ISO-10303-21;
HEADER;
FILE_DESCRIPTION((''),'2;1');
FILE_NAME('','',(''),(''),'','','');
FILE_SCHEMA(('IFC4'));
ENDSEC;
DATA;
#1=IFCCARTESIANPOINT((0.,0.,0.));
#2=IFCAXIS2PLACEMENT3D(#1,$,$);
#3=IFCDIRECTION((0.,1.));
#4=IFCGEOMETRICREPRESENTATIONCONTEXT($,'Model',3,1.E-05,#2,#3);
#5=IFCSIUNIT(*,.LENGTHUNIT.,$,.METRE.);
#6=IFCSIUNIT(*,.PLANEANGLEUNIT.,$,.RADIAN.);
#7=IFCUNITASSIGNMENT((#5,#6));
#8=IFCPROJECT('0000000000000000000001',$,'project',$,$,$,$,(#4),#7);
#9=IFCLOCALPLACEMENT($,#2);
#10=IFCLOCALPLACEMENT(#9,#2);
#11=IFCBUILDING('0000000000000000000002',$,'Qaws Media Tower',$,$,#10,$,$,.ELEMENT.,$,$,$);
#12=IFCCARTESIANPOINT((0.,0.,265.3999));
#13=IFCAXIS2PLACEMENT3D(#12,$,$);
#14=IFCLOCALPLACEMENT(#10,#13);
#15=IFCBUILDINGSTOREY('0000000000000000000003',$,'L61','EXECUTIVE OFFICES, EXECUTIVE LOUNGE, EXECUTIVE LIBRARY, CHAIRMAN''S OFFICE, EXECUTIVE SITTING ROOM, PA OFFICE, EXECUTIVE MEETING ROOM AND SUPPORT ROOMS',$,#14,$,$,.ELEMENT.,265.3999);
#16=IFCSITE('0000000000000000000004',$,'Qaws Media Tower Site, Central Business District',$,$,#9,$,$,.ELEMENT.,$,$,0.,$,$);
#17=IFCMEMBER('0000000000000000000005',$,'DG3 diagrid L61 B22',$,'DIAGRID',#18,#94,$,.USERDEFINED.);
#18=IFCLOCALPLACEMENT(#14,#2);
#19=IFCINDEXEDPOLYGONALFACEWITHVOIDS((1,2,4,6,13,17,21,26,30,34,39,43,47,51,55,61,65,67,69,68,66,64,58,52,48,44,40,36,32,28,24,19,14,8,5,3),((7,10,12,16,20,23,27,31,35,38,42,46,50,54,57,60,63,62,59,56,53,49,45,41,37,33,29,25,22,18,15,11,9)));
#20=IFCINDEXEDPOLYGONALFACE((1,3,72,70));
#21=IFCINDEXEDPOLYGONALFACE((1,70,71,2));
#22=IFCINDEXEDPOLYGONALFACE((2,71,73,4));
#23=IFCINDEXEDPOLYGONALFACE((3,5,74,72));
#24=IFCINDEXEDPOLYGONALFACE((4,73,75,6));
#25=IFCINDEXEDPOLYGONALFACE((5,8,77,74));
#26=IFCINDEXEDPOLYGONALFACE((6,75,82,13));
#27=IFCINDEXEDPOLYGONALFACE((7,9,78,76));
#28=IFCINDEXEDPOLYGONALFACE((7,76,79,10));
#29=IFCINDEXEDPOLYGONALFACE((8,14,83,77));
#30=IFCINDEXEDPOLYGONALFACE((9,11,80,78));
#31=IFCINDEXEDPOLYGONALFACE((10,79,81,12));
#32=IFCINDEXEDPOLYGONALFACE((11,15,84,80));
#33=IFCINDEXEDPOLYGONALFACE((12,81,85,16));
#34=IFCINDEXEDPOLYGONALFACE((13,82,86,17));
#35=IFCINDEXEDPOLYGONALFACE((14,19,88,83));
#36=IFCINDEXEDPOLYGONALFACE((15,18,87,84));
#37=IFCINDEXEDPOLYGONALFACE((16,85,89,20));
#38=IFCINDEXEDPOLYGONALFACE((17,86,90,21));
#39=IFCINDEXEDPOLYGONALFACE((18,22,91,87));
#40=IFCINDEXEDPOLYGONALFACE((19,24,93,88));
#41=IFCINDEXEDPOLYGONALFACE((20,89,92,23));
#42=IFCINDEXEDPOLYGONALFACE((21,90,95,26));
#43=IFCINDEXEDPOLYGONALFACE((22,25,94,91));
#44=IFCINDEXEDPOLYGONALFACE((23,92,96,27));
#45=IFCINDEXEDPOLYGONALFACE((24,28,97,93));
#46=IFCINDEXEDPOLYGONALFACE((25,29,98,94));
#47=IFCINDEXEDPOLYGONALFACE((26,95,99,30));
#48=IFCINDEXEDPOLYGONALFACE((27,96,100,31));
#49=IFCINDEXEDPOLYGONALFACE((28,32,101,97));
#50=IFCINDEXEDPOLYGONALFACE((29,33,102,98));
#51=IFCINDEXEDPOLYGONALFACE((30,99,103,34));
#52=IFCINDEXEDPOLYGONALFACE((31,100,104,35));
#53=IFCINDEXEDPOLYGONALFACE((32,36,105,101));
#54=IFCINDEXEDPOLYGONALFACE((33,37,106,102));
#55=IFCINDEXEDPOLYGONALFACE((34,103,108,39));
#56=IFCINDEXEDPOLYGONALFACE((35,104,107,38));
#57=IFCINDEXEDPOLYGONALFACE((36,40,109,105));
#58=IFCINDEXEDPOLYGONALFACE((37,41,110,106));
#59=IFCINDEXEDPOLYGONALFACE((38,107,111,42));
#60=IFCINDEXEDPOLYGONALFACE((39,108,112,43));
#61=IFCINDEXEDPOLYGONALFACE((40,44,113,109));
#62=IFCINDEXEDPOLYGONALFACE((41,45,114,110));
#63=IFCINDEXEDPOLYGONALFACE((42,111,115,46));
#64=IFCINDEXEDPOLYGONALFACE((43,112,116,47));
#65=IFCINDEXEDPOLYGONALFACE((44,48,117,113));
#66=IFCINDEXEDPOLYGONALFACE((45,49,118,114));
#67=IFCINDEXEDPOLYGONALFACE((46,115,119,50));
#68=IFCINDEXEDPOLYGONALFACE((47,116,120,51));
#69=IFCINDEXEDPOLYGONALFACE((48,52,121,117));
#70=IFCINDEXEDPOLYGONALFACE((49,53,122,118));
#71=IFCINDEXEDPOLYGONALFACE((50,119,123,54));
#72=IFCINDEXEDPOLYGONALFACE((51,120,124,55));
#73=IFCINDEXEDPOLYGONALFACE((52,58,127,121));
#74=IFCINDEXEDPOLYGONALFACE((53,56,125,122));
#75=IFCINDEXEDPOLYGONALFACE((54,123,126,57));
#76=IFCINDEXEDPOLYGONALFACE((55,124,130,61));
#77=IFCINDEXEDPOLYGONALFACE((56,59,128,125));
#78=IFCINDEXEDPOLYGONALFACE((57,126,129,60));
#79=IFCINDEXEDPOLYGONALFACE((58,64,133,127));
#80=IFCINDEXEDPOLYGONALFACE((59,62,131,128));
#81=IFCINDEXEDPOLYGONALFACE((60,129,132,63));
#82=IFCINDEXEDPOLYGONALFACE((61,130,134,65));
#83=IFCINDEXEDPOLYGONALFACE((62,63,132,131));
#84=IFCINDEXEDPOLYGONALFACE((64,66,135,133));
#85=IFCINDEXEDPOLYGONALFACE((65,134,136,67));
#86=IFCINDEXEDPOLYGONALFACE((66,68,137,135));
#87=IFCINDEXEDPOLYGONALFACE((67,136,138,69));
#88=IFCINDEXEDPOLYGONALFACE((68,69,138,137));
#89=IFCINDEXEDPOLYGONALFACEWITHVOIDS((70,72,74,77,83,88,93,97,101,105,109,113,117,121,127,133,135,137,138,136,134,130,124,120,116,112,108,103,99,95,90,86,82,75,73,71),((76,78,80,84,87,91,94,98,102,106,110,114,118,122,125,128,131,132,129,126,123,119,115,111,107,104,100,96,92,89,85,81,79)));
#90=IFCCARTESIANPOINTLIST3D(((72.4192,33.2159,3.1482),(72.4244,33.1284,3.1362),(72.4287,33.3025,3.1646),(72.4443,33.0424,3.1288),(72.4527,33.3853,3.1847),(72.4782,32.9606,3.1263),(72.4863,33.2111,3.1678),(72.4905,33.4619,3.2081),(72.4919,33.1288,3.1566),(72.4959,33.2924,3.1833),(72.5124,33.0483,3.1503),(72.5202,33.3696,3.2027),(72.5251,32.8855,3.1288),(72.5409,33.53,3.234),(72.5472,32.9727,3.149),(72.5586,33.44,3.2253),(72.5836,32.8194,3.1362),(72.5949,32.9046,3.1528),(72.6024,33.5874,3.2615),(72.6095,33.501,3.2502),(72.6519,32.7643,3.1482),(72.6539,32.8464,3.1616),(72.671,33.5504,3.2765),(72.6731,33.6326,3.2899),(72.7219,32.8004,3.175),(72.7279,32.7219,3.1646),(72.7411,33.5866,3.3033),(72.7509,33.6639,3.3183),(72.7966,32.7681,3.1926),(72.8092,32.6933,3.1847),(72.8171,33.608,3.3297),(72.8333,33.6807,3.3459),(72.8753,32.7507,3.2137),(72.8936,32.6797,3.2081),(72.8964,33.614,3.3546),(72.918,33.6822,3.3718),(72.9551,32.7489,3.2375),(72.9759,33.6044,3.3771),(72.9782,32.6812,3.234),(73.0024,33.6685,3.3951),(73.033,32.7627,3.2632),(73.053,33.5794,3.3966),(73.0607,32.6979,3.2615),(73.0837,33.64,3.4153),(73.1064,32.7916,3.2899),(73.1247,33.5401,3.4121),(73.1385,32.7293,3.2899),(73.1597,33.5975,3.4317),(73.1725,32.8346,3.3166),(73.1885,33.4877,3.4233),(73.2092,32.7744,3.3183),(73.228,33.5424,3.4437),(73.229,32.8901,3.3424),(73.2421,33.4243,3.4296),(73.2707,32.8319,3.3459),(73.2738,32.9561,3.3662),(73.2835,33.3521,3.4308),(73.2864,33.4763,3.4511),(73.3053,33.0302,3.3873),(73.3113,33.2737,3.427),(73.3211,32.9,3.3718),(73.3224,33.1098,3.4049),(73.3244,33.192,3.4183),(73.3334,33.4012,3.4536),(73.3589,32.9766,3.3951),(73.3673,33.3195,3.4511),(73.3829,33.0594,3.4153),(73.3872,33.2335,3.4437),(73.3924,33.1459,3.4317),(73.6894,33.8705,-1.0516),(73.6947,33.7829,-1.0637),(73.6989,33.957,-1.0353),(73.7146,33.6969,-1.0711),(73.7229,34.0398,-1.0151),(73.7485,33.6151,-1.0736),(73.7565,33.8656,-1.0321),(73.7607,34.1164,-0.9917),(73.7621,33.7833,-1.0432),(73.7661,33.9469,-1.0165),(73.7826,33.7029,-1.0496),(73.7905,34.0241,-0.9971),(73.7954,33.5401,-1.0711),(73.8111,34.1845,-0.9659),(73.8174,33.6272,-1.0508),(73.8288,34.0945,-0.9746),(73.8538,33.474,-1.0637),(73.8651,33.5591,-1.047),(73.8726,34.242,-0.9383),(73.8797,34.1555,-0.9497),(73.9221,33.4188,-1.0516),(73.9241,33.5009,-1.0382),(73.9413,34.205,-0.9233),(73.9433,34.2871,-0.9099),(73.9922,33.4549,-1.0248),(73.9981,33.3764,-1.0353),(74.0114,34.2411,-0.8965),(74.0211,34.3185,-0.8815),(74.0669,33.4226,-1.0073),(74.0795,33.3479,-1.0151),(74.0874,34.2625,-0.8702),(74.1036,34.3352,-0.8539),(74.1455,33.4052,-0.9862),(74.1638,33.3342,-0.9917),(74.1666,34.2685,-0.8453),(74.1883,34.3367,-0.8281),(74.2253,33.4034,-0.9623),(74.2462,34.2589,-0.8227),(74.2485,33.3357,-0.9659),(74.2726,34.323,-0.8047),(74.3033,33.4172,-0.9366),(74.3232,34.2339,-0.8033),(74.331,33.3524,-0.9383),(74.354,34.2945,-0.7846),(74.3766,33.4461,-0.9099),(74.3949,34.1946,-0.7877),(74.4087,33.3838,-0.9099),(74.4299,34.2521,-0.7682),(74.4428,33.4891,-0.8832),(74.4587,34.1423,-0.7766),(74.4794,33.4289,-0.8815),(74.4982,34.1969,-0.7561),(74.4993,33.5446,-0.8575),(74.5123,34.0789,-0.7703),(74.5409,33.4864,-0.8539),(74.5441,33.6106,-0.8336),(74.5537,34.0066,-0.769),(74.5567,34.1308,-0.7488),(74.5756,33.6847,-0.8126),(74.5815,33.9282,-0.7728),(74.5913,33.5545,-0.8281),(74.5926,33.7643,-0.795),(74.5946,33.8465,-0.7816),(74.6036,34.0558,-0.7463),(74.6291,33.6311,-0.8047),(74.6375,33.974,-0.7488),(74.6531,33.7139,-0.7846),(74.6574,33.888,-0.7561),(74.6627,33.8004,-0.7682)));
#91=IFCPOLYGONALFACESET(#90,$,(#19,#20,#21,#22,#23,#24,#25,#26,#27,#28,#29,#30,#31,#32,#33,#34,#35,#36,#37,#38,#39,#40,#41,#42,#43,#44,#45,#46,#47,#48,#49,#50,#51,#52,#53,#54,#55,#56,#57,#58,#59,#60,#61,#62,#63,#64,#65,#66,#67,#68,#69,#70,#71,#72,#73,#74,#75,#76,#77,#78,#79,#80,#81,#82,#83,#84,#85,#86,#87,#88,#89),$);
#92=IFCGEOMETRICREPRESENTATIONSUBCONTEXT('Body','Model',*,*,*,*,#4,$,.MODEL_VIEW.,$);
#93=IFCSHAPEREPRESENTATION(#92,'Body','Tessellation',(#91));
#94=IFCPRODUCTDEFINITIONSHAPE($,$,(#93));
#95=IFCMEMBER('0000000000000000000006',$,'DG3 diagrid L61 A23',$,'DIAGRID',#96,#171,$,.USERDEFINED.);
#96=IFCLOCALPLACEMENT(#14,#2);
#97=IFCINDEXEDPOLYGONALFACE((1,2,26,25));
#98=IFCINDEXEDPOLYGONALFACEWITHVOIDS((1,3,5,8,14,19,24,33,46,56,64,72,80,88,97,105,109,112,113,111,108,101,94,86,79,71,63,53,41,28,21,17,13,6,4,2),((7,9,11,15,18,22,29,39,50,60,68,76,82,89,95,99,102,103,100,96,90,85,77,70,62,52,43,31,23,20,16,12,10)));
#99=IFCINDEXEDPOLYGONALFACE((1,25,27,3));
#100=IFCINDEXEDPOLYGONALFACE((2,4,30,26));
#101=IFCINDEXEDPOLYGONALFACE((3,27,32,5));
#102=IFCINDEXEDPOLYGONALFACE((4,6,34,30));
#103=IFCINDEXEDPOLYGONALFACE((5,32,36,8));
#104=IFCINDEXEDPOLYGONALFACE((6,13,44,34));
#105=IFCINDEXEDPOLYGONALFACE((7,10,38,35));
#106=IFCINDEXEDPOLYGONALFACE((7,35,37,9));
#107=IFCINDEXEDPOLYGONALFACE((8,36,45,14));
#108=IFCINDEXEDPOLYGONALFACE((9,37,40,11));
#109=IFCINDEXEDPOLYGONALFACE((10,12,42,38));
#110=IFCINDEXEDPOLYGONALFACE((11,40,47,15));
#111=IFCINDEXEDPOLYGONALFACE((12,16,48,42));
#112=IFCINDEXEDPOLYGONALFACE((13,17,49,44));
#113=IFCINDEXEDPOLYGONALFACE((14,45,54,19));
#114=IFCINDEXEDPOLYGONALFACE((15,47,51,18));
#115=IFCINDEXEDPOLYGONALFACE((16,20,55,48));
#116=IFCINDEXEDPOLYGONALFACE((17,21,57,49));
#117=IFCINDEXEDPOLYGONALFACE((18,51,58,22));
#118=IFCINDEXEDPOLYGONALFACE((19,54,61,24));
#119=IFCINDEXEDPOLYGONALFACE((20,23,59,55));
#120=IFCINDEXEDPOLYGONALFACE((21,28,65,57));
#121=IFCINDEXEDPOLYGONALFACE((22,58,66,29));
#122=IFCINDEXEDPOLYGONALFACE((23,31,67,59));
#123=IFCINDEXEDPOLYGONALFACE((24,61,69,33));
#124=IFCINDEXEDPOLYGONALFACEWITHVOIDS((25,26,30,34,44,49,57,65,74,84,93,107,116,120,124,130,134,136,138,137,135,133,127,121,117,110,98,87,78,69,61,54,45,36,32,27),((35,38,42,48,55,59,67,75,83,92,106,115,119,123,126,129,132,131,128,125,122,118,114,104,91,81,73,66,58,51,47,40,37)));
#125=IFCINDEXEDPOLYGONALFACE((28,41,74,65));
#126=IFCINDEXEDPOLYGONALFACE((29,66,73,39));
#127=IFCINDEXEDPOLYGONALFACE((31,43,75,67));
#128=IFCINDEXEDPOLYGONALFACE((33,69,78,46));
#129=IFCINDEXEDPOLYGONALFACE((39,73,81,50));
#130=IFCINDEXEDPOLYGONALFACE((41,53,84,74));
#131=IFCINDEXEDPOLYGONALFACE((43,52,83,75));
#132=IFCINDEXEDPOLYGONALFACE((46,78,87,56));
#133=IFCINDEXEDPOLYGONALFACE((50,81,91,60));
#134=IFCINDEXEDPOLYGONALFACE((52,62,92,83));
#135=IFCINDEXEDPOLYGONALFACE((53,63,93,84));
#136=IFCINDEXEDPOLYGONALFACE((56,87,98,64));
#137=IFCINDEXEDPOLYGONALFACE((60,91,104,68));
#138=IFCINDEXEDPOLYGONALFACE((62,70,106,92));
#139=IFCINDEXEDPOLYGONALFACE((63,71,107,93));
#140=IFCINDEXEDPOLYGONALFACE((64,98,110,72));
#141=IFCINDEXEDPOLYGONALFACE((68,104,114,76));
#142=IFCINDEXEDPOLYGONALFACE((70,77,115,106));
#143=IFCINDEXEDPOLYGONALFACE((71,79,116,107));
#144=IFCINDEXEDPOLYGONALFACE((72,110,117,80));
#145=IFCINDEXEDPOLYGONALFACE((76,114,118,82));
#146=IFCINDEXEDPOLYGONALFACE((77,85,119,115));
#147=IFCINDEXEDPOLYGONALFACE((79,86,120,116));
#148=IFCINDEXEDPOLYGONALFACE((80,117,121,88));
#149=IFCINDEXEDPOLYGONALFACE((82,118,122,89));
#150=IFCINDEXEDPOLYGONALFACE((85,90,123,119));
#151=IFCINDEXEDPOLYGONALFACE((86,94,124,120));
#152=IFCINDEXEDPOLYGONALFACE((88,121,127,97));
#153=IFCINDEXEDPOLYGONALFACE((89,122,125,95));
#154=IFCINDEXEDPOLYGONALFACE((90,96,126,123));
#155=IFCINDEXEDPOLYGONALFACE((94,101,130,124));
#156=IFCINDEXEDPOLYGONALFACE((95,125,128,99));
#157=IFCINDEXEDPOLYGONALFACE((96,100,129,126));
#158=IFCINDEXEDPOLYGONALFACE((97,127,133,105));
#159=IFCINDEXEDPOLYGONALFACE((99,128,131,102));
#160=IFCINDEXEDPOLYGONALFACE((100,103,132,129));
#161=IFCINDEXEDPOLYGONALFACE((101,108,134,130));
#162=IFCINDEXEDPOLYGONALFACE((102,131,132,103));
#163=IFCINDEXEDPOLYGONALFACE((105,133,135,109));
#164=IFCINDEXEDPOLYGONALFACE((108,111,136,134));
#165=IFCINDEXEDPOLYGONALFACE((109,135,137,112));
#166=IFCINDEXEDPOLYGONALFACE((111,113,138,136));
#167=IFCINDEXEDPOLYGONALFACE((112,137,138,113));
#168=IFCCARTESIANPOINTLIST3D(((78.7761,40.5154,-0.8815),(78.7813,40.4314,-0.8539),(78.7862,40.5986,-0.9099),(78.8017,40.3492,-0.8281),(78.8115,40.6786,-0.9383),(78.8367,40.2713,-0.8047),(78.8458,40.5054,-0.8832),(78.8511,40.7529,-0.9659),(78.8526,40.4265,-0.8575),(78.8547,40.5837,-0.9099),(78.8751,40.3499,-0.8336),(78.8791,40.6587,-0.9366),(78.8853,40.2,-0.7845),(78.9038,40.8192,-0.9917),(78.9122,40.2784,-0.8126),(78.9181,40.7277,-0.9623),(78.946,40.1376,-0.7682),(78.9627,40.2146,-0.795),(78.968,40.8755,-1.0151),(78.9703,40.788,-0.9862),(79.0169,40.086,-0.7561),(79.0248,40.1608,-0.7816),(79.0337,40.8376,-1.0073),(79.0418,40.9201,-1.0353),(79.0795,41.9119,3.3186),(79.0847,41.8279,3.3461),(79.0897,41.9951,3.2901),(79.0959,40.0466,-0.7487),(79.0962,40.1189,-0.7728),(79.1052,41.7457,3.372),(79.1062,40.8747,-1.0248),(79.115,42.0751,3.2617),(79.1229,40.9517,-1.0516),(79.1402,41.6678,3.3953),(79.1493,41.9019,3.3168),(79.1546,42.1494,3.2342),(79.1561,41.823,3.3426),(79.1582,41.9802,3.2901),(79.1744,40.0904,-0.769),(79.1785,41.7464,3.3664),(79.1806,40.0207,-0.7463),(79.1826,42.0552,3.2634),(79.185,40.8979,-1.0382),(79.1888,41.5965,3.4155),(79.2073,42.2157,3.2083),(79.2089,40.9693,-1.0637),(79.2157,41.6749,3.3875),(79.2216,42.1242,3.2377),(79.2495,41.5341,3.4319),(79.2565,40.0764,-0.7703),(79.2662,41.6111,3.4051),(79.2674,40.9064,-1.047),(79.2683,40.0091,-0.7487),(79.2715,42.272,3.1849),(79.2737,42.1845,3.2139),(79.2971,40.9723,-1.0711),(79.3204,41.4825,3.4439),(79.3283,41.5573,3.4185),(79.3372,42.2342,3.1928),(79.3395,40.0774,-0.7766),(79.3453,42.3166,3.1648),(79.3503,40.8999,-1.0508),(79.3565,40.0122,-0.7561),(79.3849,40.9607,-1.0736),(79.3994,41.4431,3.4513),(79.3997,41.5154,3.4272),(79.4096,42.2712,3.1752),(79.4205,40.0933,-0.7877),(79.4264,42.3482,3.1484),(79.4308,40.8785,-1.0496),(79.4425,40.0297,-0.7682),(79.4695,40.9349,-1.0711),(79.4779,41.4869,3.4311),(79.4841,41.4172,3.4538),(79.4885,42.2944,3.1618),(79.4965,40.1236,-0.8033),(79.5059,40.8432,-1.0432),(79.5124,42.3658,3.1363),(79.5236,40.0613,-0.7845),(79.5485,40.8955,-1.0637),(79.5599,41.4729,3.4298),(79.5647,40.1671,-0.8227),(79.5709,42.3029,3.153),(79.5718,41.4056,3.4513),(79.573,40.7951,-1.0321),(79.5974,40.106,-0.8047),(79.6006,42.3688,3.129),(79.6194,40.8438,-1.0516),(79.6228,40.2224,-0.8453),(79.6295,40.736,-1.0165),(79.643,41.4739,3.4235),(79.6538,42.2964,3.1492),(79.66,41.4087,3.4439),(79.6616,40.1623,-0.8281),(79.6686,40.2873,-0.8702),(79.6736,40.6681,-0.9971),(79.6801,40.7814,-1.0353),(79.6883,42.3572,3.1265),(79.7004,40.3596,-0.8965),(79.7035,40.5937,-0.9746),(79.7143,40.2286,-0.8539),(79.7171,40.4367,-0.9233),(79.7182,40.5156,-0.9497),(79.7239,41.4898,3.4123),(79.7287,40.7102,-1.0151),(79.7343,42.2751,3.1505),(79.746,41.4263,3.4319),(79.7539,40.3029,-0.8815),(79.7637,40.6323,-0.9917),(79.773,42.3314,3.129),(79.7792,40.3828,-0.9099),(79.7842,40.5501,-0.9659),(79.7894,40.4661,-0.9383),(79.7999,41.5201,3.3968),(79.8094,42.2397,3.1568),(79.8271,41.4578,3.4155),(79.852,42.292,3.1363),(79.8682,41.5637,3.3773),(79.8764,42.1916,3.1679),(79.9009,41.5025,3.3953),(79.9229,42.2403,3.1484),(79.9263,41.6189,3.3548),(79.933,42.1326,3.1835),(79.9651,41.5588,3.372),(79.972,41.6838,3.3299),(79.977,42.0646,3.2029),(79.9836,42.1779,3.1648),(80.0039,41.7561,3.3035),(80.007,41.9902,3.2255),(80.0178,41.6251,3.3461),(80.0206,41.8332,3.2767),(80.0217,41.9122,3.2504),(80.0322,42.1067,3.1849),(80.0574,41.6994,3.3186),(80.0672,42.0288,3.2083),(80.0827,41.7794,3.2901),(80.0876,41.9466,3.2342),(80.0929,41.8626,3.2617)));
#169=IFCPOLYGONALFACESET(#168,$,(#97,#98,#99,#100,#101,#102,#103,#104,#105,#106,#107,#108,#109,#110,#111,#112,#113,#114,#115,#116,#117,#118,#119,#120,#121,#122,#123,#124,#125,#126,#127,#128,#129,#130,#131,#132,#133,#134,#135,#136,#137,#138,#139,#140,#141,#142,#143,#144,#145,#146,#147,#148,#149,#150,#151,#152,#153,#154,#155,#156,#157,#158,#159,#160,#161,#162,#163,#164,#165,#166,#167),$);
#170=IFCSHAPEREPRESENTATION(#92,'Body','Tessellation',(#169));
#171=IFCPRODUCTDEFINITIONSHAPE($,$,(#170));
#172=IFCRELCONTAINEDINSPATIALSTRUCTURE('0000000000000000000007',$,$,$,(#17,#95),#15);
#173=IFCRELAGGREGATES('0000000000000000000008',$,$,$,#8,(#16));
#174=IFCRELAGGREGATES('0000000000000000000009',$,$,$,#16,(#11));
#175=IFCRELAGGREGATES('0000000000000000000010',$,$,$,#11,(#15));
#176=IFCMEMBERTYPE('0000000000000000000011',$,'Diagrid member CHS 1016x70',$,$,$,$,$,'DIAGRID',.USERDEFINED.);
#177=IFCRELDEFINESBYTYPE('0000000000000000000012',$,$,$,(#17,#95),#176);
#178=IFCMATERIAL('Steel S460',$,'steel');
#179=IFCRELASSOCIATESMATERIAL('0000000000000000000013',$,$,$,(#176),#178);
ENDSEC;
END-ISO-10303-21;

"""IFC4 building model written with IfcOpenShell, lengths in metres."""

from ifc_helpers import new_model, si_unit, direction, frame, origin, origin_2d, place, context, subcontext, project, spatial, hollow_circle, extrude, material, material_profile, profile_set, type_object, element, save


model = new_model("IFC4")

# Units and contexts
model_context = context("Model", 3, precision=1e-05, world=origin(), true_north=direction((0.0, 1.0)))
body_context = subcontext(model_context, "Body", "Model", "MODEL_VIEW")
ifc_project = project(units=[si_unit("LENGTHUNIT", "METRE"), si_unit("PLANEANGLEUNIT", "RADIAN")], contexts=[model_context])

# Site, building, storey
site_placement = place(None, origin())
site = spatial("IfcSite", under=ifc_project, at=site_placement, Name="Qaws Media Tower Site, Central Business District", CompositionType="ELEMENT", RefElevation=0.0)
building_placement = place(site_placement, origin())
building = spatial("IfcBuilding", under=site, at=building_placement, Name="Qaws Media Tower", CompositionType="ELEMENT")
storey_placement = place(building_placement, frame((0.0, 0.0, 265.3999)))
storey = spatial("IfcBuildingStorey", under=building, at=storey_placement, Name="L61", Description="EXECUTIVE OFFICES, EXECUTIVE LOUNGE, EXECUTIVE LIBRARY, CHAIRMAN'S OFFICE, EXECUTIVE SITTING ROOM, PA OFFICE, EXECUTIVE MEETING ROOM AND SUPPORT ROOMS", CompositionType="ELEMENT", Elevation=265.3999)

# Members
ifc_material_1 = material(Name="Steel S460", Category="steel")
ifc_material_profile_1 = material_profile(ifc_material_1, hollow_circle(Radius=0.5081, WallThickness=0.0701, at=origin_2d()), Name="CHS 1016x70")
ifc_profile_set_1 = profile_set([ifc_material_profile_1], Name="Steel S460")
member_type_1 = type_object("IfcMemberType", Name="Diagrid member CHS 1016x70", ElementType="DIAGRID", PredefinedType="USERDEFINED", material=ifc_profile_set_1)
for number, where, z_axis, x_axis, name in (
    (1, (74.176, 33.8354, -0.9099), (-0.286328, -0.147539, 0.946704), (0.458047, -0.888928, 0.0), "DG3 diagrid L61 B22"),
):
    element("IfcMember", number, at=place(storey_placement, frame(where, z_axis=z_axis, x_axis=x_axis)), inside=storey, type_object=member_type_1, Name=name, ObjectType="DIAGRID", PredefinedType="USERDEFINED", context=body_context, shape_type="SweptSolid", body=[
        extrude(hollow_circle(Radius=0.5081, WallThickness=0.0701, at=origin_2d()), origin(), (0.0, 0.0, 1.0), 4.4363),
    ])
member_1_placement = place(storey_placement, frame((79.2827, 40.4907, -0.9099), z_axis=(0.068403, 0.314777, 0.946698), x_axis=(-0.977193, 0.212352, 0.0)))
element("IfcMember", 2, at=member_1_placement, inside=storey, type_object=member_type_1, Name="DG3 diagrid L61 A23", ObjectType="DIAGRID", PredefinedType="USERDEFINED", context=body_context, shape_type="SweptSolid", body=[
    extrude(hollow_circle(Radius=0.5081, WallThickness=0.0701, at=origin_2d()), origin(), (0.0, 0.0, 1.0), 4.4365),
])

save(model, "model.ifc")
